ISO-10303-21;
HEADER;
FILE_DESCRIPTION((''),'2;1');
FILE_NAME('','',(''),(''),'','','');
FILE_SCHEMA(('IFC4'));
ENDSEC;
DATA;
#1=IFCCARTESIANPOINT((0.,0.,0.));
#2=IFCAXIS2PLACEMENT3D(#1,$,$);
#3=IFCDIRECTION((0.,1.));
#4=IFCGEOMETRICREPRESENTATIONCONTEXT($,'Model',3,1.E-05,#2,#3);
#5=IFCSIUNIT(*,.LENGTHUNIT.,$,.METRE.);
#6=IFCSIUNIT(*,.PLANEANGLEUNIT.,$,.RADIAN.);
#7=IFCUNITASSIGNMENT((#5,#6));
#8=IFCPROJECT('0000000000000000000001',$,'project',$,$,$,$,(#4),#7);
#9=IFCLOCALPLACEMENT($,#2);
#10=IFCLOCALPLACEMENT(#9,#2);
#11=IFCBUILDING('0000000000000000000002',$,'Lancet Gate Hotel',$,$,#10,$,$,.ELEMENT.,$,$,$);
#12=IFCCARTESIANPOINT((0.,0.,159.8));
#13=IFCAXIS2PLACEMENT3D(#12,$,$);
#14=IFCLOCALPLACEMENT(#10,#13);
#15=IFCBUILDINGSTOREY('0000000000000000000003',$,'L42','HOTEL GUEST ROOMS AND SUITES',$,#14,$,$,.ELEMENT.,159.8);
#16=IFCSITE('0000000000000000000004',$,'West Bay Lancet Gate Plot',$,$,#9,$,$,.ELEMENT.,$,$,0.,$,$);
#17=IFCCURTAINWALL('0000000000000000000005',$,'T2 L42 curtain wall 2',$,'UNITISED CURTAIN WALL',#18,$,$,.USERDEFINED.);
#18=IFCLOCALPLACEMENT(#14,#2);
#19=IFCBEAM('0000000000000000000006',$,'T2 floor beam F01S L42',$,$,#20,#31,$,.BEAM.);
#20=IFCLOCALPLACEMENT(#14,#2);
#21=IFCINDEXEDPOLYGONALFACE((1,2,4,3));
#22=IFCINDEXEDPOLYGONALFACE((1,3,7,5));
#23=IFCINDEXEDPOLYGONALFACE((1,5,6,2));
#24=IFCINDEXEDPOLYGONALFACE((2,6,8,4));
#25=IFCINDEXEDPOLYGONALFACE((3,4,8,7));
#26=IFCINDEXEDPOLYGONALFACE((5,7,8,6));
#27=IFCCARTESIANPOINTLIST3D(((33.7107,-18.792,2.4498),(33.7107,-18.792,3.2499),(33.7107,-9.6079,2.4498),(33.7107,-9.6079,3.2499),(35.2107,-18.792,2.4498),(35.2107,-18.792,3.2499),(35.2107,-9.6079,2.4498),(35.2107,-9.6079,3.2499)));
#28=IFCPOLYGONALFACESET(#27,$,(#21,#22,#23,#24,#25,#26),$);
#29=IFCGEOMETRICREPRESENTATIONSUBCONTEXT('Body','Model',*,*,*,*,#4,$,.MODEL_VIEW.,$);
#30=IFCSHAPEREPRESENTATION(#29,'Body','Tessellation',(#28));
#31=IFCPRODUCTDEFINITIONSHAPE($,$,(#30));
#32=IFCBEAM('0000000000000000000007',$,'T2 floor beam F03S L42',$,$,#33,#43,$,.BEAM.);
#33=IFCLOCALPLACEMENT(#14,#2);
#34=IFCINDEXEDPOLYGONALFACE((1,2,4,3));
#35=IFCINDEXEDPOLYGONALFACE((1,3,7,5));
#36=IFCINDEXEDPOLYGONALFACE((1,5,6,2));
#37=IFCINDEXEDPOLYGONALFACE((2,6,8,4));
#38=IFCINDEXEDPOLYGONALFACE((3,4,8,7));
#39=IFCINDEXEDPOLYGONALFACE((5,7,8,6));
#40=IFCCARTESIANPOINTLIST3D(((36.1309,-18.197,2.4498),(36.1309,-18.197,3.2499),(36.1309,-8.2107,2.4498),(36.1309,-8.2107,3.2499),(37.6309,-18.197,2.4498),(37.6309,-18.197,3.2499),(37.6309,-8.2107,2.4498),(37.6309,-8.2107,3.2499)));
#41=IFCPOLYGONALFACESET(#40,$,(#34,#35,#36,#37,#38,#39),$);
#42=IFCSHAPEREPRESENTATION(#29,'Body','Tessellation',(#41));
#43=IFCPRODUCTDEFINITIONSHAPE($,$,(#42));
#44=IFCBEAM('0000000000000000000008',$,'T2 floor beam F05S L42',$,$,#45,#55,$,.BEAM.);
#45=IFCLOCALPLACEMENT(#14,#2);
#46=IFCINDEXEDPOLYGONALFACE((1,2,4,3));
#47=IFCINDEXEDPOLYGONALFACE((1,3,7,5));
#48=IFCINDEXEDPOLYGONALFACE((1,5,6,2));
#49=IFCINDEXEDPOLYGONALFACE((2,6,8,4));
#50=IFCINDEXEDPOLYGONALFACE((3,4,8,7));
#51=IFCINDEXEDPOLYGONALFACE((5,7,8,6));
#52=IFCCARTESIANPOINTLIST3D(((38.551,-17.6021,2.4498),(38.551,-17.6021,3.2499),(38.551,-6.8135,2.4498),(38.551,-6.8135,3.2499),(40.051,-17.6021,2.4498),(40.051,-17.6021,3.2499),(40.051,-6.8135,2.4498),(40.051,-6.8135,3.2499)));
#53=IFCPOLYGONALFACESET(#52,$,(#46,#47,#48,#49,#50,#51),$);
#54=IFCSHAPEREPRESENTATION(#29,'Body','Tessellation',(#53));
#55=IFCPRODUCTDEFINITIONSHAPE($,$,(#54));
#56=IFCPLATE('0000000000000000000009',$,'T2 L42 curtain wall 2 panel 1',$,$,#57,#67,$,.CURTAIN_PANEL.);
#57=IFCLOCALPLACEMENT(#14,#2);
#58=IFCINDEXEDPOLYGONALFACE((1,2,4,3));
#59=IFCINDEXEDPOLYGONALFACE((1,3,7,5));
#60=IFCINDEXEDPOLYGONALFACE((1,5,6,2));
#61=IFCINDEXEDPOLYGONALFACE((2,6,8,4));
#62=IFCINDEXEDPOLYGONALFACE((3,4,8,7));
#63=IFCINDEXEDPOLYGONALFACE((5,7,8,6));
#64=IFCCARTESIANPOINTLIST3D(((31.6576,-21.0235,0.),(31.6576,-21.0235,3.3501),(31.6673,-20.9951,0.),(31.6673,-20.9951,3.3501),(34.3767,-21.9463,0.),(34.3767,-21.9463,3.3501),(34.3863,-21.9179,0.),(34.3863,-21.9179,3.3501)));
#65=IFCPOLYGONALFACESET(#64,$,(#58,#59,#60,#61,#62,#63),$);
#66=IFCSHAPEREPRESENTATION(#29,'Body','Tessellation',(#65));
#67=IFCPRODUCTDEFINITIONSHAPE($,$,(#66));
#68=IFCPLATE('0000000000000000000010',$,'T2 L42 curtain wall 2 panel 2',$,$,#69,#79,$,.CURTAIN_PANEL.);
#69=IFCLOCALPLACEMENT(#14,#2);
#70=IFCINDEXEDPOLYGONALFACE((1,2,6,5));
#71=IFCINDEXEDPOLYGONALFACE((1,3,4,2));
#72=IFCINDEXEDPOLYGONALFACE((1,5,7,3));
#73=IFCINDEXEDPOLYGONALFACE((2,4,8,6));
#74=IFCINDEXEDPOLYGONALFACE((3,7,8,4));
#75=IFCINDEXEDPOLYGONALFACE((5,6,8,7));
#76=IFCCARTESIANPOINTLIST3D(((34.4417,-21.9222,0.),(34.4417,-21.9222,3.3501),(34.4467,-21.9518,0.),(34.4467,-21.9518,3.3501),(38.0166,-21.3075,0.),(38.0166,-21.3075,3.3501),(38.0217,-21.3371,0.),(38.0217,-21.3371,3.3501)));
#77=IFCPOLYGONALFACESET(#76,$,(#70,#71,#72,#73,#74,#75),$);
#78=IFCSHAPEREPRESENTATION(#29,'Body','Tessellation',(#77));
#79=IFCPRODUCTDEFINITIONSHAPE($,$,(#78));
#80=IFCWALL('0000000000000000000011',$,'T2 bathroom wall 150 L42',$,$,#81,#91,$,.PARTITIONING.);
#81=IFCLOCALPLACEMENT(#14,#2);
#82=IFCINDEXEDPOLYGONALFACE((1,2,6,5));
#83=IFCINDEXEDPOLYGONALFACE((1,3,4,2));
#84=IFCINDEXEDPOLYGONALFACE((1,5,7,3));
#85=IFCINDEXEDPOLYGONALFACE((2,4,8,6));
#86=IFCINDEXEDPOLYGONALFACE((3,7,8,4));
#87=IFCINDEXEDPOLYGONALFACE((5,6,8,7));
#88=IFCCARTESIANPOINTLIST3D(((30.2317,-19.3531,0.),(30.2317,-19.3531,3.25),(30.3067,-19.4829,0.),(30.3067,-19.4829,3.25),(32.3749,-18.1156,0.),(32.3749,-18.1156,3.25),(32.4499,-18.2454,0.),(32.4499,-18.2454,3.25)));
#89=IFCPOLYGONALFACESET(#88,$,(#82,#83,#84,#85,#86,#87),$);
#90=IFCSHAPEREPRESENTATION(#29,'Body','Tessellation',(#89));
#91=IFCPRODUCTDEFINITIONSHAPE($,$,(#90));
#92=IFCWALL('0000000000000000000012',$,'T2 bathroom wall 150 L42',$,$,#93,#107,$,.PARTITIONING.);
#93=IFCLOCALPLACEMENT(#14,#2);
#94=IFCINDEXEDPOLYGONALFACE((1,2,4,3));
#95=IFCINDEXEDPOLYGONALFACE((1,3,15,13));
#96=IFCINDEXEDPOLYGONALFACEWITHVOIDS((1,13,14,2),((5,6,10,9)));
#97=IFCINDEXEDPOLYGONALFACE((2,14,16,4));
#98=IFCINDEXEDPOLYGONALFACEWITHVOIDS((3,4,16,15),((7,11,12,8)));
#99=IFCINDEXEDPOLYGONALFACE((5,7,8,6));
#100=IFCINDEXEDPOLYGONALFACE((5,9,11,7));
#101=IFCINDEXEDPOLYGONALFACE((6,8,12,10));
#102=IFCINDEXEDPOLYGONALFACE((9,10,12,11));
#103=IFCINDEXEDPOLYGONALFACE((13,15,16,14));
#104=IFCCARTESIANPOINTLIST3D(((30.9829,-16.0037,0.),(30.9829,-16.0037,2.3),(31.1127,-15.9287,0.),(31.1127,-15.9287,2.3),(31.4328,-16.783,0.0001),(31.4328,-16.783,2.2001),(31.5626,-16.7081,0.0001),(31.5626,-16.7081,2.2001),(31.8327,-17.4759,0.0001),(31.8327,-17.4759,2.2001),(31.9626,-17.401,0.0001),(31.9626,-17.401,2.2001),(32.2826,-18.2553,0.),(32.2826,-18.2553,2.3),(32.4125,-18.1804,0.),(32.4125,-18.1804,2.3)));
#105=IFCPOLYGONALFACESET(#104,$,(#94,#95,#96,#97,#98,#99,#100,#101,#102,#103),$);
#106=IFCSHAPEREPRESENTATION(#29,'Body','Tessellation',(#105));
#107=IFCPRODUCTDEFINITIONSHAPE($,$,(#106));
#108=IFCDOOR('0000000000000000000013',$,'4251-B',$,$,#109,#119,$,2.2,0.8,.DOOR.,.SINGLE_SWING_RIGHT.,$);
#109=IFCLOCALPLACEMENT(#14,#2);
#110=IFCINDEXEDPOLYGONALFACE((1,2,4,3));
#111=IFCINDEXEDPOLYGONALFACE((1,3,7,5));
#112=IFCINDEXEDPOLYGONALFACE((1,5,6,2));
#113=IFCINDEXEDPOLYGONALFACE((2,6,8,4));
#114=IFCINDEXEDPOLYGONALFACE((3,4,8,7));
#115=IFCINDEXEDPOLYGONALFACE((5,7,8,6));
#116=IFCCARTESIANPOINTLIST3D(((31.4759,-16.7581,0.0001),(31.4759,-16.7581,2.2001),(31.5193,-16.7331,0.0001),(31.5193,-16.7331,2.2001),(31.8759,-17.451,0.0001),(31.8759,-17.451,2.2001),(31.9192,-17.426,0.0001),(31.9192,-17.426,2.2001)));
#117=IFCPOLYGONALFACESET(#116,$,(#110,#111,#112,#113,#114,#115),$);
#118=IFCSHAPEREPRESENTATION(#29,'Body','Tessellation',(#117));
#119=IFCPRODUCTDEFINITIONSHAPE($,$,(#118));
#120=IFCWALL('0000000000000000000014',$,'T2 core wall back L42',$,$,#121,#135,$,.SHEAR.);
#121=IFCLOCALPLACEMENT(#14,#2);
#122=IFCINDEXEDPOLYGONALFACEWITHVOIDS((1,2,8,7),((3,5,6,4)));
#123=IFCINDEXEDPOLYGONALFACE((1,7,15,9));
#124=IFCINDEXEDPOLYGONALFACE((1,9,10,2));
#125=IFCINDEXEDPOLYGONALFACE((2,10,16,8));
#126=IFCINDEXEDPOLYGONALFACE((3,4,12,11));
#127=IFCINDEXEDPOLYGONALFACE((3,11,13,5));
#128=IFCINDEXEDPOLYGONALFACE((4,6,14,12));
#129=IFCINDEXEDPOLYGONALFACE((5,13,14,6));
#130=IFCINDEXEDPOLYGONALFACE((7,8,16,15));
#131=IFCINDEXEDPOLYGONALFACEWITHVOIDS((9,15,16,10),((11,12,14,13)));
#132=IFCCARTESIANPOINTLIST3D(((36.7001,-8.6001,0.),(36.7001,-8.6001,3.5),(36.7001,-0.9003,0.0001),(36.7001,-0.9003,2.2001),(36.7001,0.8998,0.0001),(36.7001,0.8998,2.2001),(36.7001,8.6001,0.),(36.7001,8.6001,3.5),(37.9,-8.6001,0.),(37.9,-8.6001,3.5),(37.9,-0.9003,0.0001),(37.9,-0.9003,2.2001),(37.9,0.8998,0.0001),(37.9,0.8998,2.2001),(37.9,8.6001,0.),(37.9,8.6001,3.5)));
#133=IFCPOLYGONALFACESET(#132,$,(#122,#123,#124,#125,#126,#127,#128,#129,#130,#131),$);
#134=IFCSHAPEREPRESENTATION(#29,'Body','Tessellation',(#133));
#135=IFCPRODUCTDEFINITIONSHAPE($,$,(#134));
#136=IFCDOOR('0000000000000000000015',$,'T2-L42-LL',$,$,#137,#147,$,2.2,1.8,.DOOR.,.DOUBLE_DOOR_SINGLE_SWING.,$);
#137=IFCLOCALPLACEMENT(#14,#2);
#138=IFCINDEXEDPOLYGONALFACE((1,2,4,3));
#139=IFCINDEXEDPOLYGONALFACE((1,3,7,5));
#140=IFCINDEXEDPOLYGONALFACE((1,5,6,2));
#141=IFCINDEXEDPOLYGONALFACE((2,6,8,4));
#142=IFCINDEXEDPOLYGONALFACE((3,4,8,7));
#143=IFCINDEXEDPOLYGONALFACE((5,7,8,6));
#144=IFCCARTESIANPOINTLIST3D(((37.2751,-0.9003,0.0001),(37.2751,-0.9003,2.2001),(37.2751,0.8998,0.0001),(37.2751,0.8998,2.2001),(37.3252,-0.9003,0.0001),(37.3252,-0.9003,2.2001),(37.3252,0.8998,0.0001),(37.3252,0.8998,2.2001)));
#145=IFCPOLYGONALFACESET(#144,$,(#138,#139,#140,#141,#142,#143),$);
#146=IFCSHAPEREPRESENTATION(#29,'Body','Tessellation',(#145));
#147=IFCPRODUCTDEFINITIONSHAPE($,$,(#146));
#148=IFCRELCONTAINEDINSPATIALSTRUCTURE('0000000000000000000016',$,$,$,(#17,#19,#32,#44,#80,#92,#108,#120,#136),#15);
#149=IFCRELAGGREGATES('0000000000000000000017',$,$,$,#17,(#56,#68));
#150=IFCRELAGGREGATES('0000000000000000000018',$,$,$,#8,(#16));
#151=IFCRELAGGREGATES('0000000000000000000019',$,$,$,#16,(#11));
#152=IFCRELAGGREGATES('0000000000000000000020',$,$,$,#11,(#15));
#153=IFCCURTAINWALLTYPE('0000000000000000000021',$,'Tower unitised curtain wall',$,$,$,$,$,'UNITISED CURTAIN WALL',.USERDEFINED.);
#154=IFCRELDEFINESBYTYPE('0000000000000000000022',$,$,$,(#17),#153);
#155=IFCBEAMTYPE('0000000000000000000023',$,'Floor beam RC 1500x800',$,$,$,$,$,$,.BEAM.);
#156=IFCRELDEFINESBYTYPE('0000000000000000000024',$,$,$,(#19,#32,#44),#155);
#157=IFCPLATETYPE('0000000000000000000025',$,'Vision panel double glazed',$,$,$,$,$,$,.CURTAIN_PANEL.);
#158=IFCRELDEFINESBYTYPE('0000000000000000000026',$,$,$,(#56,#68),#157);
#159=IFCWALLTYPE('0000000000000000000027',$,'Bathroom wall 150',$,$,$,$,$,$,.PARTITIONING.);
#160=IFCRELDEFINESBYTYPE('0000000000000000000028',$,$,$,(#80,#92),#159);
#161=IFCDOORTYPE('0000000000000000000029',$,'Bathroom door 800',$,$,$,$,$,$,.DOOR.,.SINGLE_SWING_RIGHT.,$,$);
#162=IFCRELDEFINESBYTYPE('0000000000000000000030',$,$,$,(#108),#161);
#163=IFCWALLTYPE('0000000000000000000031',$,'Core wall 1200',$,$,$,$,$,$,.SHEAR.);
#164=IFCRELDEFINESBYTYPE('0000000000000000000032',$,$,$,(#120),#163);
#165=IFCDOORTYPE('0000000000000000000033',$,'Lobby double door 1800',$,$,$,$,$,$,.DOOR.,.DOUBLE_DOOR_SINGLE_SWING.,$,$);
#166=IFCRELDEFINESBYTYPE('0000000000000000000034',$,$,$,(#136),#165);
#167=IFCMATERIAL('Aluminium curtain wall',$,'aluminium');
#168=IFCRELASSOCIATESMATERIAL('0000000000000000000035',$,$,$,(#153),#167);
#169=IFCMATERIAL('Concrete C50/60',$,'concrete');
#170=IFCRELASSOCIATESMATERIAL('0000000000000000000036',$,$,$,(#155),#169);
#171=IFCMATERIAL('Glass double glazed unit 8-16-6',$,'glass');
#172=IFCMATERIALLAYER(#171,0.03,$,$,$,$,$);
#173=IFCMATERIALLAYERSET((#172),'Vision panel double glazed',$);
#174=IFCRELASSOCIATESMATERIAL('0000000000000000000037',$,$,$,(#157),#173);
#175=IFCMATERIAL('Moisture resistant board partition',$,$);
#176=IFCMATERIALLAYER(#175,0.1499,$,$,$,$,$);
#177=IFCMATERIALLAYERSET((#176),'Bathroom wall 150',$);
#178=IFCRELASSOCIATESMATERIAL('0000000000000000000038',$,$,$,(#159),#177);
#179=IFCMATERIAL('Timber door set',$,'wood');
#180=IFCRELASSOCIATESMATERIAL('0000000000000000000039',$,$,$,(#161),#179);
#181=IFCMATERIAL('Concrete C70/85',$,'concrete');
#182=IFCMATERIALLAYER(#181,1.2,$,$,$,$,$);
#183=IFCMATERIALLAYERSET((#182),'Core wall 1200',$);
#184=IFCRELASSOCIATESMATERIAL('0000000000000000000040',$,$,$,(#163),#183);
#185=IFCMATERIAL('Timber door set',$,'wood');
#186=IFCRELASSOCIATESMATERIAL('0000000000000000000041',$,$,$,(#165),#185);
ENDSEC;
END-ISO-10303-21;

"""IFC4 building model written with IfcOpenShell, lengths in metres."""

from ifc_helpers import new_model, si_unit, direction, frame, frame_2d, origin, origin_2d, place, context, subcontext, project, spatial, rectangle, extrude, material, layer, layer_set, material_profile, profile_set, type_object, element, fill, aggregate, save


model = new_model("IFC4")

# Units and contexts
model_context = context("Model", 3, precision=1e-05, world=origin(), true_north=direction((0.0, 1.0)))
body_context = subcontext(model_context, "Body", "Model", "MODEL_VIEW")
ifc_project = project(units=[si_unit("LENGTHUNIT", "METRE"), si_unit("PLANEANGLEUNIT", "RADIAN")], contexts=[model_context])

# Site, building, storey
site_placement = place(None, origin())
site = spatial("IfcSite", under=ifc_project, at=site_placement, Name="West Bay Lancet Gate Plot", CompositionType="ELEMENT", RefElevation=0.0)
building_placement = place(site_placement, origin())
building = spatial("IfcBuilding", under=site, at=building_placement, Name="Lancet Gate Hotel", CompositionType="ELEMENT")
storey_placement = place(building_placement, frame((0.0, 0.0, 159.8)))
storey = spatial("IfcBuildingStorey", under=building, at=storey_placement, Name="L42", Description="HOTEL GUEST ROOMS AND SUITES", CompositionType="ELEMENT", Elevation=159.8)

# Shared definitions
ifc_material_1 = material(Name="Aluminium curtain wall", Category="aluminium")
curtain_wall_type = type_object("IfcCurtainWallType", Name="Tower unitised curtain wall", ElementType="UNITISED CURTAIN WALL", PredefinedType="USERDEFINED", material=ifc_material_1)

# Curtain wall
curtain_wall_1_placement = place(storey_placement, origin())
curtain_wall_1 = element("IfcCurtainWall", 1, at=curtain_wall_1_placement, inside=storey, type_object=curtain_wall_type, Name="T2 L42 curtain wall 2", ObjectType="UNITISED CURTAIN WALL", PredefinedType="USERDEFINED")

# Beams
ifc_material_2 = material(Name="Concrete C50/60", Category="concrete")
ifc_material_profile_1 = material_profile(ifc_material_2, rectangle(XDim=1.5, YDim=0.8, at=origin_2d()), Name="RC 1500x800")
ifc_profile_set_1 = profile_set([ifc_material_profile_1], Name="Concrete C50/60")
beam_type_1 = type_object("IfcBeamType", Name="Floor beam RC 1500x800", PredefinedType="BEAM", material=ifc_profile_set_1)
beam_1_placement = place(storey_placement, frame((34.4607, -18.792, 2.8499), z_axis=(0.0, 1.0, 0.0), x_axis=(-1.0, 0.0, 0.0)))
element("IfcBeam", 2, at=beam_1_placement, inside=storey, type_object=beam_type_1, Name="T2 floor beam F01S L42", PredefinedType="BEAM", context=body_context, shape_type="SweptSolid", body=[
    extrude(rectangle(XDim=1.5, YDim=0.8, at=origin_2d()), origin(), (0.0, 0.0, 1.0), 9.1841),
])
beam_2_placement = place(storey_placement, frame((36.8809, -18.197, 2.8499), z_axis=(0.0, 1.0, 0.0), x_axis=(-1.0, 0.0, 0.0)))
element("IfcBeam", 3, at=beam_2_placement, inside=storey, type_object=beam_type_1, Name="T2 floor beam F03S L42", PredefinedType="BEAM", context=body_context, shape_type="SweptSolid", body=[
    extrude(rectangle(XDim=1.5, YDim=0.8, at=origin_2d()), origin(), (0.0, 0.0, 1.0), 9.9863),
])
beam_3_placement = place(storey_placement, frame((39.301, -17.6021, 2.8499), z_axis=(0.0, 1.0, 0.0), x_axis=(-1.0, 0.0, 0.0)))
element("IfcBeam", 4, at=beam_3_placement, inside=storey, type_object=beam_type_1, Name="T2 floor beam F05S L42", PredefinedType="BEAM", context=body_context, shape_type="SweptSolid", body=[
    extrude(rectangle(XDim=1.5, YDim=0.8, at=origin_2d()), origin(), (0.0, 0.0, 1.0), 10.7886),
])

# Plates
ifc_material_3 = material(Name="Glass double glazed unit 8-16-6", Category="glass")
ifc_layer_1 = layer(ifc_material_3, 0.03)
ifc_layer_set_1 = layer_set([ifc_layer_1], Name="Vision panel double glazed")
plate_type = type_object("IfcPlateType", Name="Vision panel double glazed", PredefinedType="CURTAIN_PANEL", material=ifc_layer_set_1)
plate_1_placement = place(storey_placement, frame((33.022, -21.4707, 0.0), z_axis=(0.0, 0.0, 1.0), x_axis=(0.946952, -0.321374, 0.0)))
plate_1 = element("IfcPlate", 5, at=plate_1_placement, type_object=plate_type, Name="T2 L42 curtain wall 2 panel 1", PredefinedType="CURTAIN_PANEL", context=body_context, shape_type="SweptSolid", body=[
    extrude(rectangle(XDim=2.8713, YDim=0.03, at=origin_2d()), origin(), (0.0, 0.0, 1.0), 3.3501),
])
plate_2_placement = place(storey_placement, frame((36.2317, -21.6296, 0.0), z_axis=(0.0, 0.0, 1.0), x_axis=(0.98554, 0.169445, 0.0)))
plate_2 = element("IfcPlate", 6, at=plate_2_placement, type_object=plate_type, Name="T2 L42 curtain wall 2 panel 2", PredefinedType="CURTAIN_PANEL", context=body_context, shape_type="SweptSolid", body=[
    extrude(rectangle(XDim=3.6274, YDim=0.03, at=origin_2d()), origin(), (0.0, 0.0, 1.0), 3.3501),
])
aggregate(curtain_wall_1, [plate_1, plate_2])

# Wall
ifc_material_4 = material(Name="Moisture resistant board partition")
ifc_layer_2 = layer(ifc_material_4, 0.1499)
ifc_layer_set_2 = layer_set([ifc_layer_2], Name="Bathroom wall 150")
wall_type_1 = type_object("IfcWallType", Name="Bathroom wall 150", PredefinedType="PARTITIONING", material=ifc_layer_set_2)
wall_1_placement = place(storey_placement, frame((30.2693, -19.418, 0.0), z_axis=(0.0, 0.0, 1.0), x_axis=(0.866007, 0.500033, 0.0)))
element("IfcWall", 7, at=wall_1_placement, inside=storey, type_object=wall_type_1, Name="T2 bathroom wall 150 L42", PredefinedType="PARTITIONING", context=body_context, shape_type="SweptSolid", body=[
    extrude(rectangle(XDim=2.4749, YDim=0.1499, at=frame_2d((1.2373, 0.0))), origin(), (0.0, 0.0, 1.0), 3.25),
])

# Walls, openings, doors
wall_2_placement = place(storey_placement, frame((31.0479, -15.9663, 0.0), z_axis=(0.0, 0.0, 1.0), x_axis=(0.499937, -0.866062, 0.0)))
wall_2 = element("IfcWall", 8, at=wall_2_placement, inside=storey, type_object=wall_type_1, Name="T2 bathroom wall 150 L42", PredefinedType="PARTITIONING", context=body_context, shape_type="SweptSolid", body=[
    extrude(rectangle(XDim=2.5999, YDim=0.1499, at=frame_2d((1.2998, 0.0))), origin(), (0.0, 0.0, 1.0), 2.3),
])
opening_1_placement = place(wall_2_placement, frame((0.8999, 0.0, 0.0)))
opening_1 = element("IfcOpeningElement", 9, at=opening_1_placement, cuts=wall_2, PredefinedType="OPENING", context=body_context, shape_type="SweptSolid", body=[
    extrude(rectangle(XDim=0.8, YDim=2.2, at=frame_2d((0.3999, 1.1001))), frame((0.0, 0.085, 0.0), z_axis=(0.0, -1.0, 0.0), x_axis=(1.0, 0.0, 0.0)), (0.0, 0.0, 1.0), 0.1699),
])
ifc_material_5 = material(Name="Timber door set", Category="wood")
door_type_1 = type_object("IfcDoorType", Name="Bathroom door 800", OperationType="SINGLE_SWING_RIGHT", PredefinedType="DOOR", material=ifc_material_5)
door_1_placement = place(opening_1_placement, origin())
door_1 = element("IfcDoor", 10, at=door_1_placement, inside=storey, type_object=door_type_1, Name="4251-B", OperationType="SINGLE_SWING_RIGHT", OverallHeight=2.2, OverallWidth=0.8, PredefinedType="DOOR", context=body_context, shape_type="SweptSolid", body=[
    extrude(rectangle(XDim=0.8, YDim=2.2, at=frame_2d((0.3999, 1.1001))), frame((0.0, 0.0249, 0.0), z_axis=(0.0, -1.0, 0.0), x_axis=(1.0, 0.0, 0.0)), (0.0, 0.0, 1.0), 0.05),
])
fill(opening_1, door_1)
ifc_material_6 = material(Name="Concrete C70/85", Category="concrete")
ifc_layer_3 = layer(ifc_material_6, 1.2)
ifc_layer_set_3 = layer_set([ifc_layer_3], Name="Core wall 1200")
wall_type_2 = type_object("IfcWallType", Name="Core wall 1200", PredefinedType="SHEAR", material=ifc_layer_set_3)
wall_3_placement = place(storey_placement, frame((37.3, -8.6001, 0.0), z_axis=(0.0, 0.0, 1.0), x_axis=(0.0, 1.0, 0.0)))
wall_3 = element("IfcWall", 11, at=wall_3_placement, inside=storey, type_object=wall_type_2, Name="T2 core wall back L42", PredefinedType="SHEAR", context=body_context, shape_type="SweptSolid", body=[
    extrude(rectangle(XDim=17.2002, YDim=1.2, at=frame_2d((8.6001, 0.0))), origin(), (0.0, 0.0, 1.0), 3.5),
])
opening_2_placement = place(wall_3_placement, frame((7.7, 0.0, 0.0)))
opening_2 = element("IfcOpeningElement", 12, at=opening_2_placement, cuts=wall_3, PredefinedType="OPENING", context=body_context, shape_type="SweptSolid", body=[
    extrude(rectangle(XDim=1.8, YDim=2.2, at=frame_2d((0.8999, 1.1001))), frame((0.0, 0.6099, 0.0), z_axis=(0.0, -1.0, 0.0), x_axis=(1.0, 0.0, 0.0)), (0.0, 0.0, 1.0), 1.22),
])
ifc_material_7 = material(Name="Timber door set", Category="wood")
door_type_2 = type_object("IfcDoorType", Name="Lobby double door 1800", OperationType="DOUBLE_DOOR_SINGLE_SWING", PredefinedType="DOOR", material=ifc_material_7)
door_2_placement = place(opening_2_placement, origin())
door_2 = element("IfcDoor", 13, at=door_2_placement, inside=storey, type_object=door_type_2, Name="T2-L42-LL", OperationType="DOUBLE_DOOR_SINGLE_SWING", OverallHeight=2.2, OverallWidth=1.8, PredefinedType="DOOR", context=body_context, shape_type="SweptSolid", body=[
    extrude(rectangle(XDim=1.8, YDim=2.2, at=frame_2d((0.8999, 1.1001))), frame((0.0, 0.0249, 0.0), z_axis=(0.0, -1.0, 0.0), x_axis=(1.0, 0.0, 0.0)), (0.0, 0.0, 1.0), 0.05),
])
fill(opening_2, door_2)

save(model, "model.ifc")
